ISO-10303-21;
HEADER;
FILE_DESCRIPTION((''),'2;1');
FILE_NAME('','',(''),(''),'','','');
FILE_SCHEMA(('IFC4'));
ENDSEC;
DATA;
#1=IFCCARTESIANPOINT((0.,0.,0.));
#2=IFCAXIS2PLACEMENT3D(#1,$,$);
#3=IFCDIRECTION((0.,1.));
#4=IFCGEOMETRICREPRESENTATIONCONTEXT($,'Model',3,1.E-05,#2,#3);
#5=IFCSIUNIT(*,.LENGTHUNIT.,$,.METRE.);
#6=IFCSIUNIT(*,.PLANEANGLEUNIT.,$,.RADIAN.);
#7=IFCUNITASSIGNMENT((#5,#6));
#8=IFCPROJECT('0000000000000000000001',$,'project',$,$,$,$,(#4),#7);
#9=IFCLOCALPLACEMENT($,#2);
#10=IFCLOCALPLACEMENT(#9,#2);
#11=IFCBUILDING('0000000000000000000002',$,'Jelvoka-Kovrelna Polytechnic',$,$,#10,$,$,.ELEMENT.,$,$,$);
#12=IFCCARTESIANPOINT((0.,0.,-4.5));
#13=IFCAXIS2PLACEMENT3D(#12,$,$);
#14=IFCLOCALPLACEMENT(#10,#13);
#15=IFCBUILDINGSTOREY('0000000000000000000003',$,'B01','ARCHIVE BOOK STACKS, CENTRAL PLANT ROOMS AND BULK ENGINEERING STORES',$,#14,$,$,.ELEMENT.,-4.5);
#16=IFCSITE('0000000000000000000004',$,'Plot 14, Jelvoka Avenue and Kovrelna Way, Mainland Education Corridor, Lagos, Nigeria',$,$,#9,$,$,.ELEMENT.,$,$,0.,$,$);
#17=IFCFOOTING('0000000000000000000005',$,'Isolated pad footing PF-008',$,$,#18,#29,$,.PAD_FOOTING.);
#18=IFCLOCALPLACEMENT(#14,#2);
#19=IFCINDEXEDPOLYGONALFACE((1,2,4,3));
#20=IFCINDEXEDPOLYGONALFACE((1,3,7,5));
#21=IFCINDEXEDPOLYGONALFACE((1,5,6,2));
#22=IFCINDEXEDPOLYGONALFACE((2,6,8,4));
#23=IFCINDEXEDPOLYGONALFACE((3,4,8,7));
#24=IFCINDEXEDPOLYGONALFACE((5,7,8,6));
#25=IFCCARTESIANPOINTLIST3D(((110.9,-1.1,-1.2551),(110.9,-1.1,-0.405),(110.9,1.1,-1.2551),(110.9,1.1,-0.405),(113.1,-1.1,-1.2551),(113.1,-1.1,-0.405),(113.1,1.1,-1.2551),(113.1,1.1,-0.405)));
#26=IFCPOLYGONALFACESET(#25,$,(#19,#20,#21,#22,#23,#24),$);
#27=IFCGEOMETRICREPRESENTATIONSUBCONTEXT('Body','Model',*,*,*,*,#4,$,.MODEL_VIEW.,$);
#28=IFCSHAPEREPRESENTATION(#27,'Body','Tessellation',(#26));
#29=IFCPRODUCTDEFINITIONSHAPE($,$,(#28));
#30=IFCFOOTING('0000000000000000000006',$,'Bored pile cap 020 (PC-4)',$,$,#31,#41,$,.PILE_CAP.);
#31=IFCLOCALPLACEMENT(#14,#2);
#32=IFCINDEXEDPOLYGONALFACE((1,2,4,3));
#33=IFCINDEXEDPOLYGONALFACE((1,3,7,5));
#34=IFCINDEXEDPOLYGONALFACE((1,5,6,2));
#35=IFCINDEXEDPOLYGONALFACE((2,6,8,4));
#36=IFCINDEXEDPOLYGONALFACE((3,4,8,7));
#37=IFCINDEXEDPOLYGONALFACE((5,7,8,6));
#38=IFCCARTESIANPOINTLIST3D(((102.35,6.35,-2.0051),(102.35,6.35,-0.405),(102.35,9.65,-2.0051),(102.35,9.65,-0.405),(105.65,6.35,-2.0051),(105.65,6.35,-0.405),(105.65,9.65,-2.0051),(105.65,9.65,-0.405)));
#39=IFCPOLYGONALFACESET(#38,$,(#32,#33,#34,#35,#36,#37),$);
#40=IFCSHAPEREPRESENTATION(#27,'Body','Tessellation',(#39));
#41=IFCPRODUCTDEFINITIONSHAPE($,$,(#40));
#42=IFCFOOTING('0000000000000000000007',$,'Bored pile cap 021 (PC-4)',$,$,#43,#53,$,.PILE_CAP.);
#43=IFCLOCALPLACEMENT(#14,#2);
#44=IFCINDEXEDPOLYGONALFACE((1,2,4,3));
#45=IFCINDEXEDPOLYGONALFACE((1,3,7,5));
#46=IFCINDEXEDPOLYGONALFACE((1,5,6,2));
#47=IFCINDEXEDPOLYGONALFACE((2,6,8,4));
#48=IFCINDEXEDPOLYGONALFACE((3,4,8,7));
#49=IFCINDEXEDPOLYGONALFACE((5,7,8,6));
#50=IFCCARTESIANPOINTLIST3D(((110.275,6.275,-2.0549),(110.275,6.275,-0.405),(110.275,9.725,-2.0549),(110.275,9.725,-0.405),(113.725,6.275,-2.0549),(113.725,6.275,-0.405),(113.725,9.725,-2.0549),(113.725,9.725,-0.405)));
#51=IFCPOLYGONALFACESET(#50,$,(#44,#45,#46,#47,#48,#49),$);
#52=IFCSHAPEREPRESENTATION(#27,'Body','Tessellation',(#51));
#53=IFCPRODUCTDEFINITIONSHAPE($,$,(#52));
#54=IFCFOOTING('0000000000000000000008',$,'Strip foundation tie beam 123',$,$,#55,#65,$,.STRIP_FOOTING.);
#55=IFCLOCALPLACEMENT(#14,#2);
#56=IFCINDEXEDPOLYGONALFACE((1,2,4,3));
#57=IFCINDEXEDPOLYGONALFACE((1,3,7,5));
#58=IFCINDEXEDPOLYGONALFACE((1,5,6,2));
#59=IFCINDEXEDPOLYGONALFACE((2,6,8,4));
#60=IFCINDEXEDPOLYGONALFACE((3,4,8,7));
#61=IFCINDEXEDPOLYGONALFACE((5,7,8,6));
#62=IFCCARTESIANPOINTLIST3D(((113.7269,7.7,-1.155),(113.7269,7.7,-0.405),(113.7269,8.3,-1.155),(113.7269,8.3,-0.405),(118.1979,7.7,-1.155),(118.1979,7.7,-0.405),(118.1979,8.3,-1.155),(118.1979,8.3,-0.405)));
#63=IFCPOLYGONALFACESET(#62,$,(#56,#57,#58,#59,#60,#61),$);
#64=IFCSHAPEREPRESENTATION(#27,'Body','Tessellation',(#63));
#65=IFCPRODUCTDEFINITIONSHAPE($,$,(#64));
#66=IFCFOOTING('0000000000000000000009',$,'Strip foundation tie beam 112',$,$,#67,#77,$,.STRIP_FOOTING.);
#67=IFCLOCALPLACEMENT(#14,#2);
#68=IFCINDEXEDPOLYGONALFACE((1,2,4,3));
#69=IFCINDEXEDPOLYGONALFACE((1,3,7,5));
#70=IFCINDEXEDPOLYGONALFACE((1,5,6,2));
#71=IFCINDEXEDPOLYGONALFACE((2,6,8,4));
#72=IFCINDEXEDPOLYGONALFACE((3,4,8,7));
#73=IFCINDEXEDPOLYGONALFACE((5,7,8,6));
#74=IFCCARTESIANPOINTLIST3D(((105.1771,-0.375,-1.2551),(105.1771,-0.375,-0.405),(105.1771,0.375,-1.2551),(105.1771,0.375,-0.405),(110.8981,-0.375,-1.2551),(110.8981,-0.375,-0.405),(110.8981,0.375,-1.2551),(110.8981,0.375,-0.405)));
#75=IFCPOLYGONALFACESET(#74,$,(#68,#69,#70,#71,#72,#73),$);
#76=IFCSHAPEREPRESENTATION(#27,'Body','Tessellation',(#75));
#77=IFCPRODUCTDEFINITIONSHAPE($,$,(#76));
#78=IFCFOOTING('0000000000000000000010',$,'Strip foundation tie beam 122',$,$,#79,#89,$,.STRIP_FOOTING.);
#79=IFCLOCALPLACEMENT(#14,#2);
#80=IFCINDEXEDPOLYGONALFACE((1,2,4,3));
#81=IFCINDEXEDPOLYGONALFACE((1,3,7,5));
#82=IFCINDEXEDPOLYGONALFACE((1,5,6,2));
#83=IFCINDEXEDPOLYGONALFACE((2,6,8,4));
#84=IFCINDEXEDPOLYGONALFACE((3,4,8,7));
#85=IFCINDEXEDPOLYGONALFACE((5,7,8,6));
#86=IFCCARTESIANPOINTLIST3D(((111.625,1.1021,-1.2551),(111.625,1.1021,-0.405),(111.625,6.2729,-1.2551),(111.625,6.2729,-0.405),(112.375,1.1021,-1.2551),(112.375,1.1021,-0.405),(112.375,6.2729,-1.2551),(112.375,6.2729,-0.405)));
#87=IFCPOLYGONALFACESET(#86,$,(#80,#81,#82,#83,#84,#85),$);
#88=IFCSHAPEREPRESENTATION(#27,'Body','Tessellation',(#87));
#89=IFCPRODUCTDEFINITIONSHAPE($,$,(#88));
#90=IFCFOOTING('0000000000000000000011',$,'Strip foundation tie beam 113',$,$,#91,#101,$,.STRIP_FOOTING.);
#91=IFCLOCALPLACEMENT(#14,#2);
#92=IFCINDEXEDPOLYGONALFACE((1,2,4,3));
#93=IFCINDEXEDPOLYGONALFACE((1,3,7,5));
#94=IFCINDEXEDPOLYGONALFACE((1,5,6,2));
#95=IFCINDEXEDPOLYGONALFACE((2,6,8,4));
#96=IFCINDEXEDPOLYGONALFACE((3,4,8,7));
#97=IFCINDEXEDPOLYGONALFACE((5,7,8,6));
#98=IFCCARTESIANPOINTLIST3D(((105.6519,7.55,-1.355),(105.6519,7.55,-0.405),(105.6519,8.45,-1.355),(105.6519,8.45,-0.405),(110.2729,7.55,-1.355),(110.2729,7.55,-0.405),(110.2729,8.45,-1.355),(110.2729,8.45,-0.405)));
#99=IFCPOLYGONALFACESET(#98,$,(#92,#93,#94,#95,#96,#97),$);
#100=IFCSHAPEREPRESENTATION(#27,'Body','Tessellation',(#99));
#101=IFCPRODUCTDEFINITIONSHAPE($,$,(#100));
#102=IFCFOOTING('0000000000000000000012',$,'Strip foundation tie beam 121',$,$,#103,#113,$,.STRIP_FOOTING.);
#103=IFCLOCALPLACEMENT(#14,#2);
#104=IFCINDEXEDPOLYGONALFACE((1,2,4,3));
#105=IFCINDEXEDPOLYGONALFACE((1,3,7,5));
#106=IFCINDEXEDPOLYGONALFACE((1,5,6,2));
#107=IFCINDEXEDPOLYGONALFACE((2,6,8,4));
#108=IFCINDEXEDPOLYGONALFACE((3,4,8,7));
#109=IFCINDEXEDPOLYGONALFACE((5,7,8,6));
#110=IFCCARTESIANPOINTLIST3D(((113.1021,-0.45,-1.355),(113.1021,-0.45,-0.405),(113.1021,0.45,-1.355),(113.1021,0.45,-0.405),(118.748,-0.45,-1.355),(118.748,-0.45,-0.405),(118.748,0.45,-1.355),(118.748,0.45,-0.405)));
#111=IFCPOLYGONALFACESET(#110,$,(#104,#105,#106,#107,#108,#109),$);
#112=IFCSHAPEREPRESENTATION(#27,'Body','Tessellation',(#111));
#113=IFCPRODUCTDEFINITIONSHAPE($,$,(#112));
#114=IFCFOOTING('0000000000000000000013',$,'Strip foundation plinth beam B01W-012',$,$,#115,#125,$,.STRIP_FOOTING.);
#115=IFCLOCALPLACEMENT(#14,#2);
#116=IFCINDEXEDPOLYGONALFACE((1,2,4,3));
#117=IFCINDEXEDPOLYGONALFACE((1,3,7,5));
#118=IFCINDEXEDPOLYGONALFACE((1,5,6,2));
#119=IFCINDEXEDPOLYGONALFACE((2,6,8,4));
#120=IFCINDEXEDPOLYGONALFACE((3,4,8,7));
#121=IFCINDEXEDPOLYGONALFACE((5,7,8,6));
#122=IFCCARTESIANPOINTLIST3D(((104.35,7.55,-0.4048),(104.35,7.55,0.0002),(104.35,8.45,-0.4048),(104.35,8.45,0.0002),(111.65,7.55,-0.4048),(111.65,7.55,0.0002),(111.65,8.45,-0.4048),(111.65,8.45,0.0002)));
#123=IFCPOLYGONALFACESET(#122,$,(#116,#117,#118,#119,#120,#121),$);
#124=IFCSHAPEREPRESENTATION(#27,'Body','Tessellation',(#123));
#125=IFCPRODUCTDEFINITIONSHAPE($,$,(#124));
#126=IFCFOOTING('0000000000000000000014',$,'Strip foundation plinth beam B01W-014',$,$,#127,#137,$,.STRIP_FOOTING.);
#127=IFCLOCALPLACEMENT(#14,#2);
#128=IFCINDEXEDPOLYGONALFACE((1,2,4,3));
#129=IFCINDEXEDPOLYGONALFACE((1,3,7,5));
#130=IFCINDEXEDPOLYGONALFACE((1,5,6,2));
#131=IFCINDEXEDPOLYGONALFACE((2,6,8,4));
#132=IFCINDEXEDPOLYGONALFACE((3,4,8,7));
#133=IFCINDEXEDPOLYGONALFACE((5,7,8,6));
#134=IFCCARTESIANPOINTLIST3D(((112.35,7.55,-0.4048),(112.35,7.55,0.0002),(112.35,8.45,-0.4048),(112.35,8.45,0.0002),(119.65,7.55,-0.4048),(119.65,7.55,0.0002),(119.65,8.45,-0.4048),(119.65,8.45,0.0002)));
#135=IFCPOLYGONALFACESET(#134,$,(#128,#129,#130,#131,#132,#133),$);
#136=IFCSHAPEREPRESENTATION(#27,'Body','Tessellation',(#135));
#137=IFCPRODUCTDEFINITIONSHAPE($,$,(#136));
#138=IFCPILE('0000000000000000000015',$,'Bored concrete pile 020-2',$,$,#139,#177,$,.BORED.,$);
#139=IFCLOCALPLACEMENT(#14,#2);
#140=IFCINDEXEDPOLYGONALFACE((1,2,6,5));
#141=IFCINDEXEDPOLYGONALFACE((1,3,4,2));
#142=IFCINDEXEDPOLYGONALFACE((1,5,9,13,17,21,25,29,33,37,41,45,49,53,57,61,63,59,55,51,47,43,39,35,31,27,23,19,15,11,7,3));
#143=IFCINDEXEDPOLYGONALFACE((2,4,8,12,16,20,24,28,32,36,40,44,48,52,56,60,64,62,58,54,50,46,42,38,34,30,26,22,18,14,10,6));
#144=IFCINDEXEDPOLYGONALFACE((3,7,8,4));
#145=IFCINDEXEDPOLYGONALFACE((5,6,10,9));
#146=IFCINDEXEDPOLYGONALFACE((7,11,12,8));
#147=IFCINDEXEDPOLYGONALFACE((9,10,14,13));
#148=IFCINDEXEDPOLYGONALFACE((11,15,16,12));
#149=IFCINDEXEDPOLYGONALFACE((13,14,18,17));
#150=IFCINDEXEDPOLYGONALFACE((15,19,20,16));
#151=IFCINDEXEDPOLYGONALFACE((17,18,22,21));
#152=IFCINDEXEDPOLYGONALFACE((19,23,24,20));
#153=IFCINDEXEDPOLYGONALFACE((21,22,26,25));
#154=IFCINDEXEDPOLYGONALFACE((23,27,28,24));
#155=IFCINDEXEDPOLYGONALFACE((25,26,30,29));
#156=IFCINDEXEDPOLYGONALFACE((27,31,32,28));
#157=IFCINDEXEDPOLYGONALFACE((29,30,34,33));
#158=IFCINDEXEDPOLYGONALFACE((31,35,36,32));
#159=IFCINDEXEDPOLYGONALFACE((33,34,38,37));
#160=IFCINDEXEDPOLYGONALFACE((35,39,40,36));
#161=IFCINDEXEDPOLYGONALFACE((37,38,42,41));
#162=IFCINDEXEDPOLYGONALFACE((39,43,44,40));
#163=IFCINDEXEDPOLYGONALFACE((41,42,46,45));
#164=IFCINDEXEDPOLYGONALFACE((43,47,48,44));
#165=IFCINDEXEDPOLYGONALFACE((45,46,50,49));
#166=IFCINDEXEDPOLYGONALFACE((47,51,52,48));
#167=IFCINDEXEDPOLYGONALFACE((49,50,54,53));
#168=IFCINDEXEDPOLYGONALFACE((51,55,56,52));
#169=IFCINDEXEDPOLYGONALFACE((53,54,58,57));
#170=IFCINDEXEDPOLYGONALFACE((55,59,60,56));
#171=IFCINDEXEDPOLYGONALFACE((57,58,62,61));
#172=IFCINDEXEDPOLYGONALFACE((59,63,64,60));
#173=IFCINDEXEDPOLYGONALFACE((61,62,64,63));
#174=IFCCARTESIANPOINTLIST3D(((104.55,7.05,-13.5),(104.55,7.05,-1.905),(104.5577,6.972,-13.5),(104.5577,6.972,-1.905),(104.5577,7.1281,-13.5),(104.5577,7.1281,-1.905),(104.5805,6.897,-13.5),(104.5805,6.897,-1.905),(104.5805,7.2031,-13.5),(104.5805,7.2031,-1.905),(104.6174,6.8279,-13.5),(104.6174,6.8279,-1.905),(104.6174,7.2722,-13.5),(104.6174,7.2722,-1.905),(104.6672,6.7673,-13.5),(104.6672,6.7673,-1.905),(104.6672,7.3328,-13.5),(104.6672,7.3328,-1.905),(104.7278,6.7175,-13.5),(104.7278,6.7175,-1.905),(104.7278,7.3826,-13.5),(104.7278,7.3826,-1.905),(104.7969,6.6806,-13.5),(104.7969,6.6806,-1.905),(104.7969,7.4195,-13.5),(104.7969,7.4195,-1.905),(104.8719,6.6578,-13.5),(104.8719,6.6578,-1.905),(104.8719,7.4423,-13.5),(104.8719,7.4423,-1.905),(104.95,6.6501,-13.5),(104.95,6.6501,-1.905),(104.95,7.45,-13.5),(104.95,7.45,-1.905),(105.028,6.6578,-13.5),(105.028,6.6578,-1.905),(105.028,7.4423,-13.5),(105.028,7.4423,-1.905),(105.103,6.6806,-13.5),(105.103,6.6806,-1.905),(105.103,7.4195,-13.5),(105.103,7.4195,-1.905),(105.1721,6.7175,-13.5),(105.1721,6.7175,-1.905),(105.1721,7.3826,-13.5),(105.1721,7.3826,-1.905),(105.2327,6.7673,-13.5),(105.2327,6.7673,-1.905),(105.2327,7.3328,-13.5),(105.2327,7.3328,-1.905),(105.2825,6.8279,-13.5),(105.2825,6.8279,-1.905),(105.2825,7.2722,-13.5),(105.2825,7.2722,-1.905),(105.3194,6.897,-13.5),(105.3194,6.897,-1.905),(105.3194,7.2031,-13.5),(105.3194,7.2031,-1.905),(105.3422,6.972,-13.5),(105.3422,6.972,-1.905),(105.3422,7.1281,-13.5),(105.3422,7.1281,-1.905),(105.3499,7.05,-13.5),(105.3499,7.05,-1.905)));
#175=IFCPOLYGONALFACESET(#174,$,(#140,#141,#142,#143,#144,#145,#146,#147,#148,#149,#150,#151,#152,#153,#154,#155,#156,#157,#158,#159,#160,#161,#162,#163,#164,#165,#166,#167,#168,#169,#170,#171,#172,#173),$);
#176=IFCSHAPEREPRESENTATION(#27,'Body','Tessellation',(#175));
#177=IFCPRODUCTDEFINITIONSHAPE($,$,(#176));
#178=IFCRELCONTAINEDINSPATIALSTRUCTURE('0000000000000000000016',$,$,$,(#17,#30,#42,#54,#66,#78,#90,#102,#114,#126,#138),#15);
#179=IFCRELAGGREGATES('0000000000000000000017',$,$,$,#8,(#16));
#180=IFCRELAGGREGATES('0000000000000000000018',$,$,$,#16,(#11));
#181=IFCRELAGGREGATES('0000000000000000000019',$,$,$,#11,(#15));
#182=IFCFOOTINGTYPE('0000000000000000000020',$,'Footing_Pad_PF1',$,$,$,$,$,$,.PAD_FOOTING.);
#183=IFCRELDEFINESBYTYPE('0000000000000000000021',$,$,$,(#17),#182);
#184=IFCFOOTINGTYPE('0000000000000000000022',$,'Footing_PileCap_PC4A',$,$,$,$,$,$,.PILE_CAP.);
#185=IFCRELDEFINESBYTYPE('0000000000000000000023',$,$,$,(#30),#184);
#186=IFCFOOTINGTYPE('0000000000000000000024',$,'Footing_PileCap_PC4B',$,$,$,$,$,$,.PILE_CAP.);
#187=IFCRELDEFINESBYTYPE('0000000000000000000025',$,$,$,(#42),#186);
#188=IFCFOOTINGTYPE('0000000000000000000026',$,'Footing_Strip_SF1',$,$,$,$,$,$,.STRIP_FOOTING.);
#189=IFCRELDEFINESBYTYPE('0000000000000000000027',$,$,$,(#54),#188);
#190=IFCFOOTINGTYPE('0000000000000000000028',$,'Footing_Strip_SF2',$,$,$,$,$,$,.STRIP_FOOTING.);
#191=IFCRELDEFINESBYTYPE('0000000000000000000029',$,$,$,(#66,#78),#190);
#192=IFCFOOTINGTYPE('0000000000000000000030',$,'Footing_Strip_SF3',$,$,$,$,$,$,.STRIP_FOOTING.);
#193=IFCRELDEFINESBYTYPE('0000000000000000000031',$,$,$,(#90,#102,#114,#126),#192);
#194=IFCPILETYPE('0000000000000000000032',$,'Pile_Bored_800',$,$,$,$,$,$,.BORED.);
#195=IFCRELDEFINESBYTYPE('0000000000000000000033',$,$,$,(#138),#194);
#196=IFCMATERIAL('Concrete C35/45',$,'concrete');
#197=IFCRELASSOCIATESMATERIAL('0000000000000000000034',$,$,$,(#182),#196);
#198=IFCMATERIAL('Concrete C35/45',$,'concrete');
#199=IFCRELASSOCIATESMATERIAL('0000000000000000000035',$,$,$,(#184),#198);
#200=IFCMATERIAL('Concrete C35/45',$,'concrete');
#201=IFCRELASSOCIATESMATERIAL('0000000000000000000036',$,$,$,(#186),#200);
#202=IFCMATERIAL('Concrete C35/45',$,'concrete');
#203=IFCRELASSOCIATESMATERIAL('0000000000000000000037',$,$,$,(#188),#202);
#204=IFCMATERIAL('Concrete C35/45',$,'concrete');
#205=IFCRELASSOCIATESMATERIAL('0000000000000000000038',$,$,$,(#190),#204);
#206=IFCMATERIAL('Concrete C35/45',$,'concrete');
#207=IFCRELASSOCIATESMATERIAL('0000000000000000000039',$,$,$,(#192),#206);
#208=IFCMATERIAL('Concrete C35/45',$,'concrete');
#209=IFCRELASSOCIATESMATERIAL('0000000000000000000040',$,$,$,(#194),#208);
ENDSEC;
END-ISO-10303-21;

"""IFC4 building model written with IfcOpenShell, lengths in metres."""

from ifc_helpers import new_model, si_unit, direction, frame, origin, origin_2d, place, context, subcontext, project, spatial, rectangle, circle, extrude, material, material_profile, profile_set, type_object, element, save


model = new_model("IFC4")

# Units and contexts
model_context = context("Model", 3, precision=1e-05, world=origin(), true_north=direction((0.0, 1.0)))
body_context = subcontext(model_context, "Body", "Model", "MODEL_VIEW")
ifc_project = project(units=[si_unit("LENGTHUNIT", "METRE"), si_unit("PLANEANGLEUNIT", "RADIAN")], contexts=[model_context])

# Site, building, storey
site_placement = place(None, origin())
site = spatial("IfcSite", under=ifc_project, at=site_placement, Name="Plot 14, Jelvoka Avenue and Kovrelna Way, Mainland Education Corridor, Lagos, Nigeria", CompositionType="ELEMENT", RefElevation=0.0)
building_placement = place(site_placement, origin())
building = spatial("IfcBuilding", under=site, at=building_placement, Name="Jelvoka-Kovrelna Polytechnic", CompositionType="ELEMENT")
storey_placement = place(building_placement, frame((0.0, 0.0, -4.5)))
storey = spatial("IfcBuildingStorey", under=building, at=storey_placement, Name="B01", Description="ARCHIVE BOOK STACKS, CENTRAL PLANT ROOMS AND BULK ENGINEERING STORES", CompositionType="ELEMENT", Elevation=-4.5)

# Footings
ifc_material_1 = material(Name="Concrete C35/45", Category="concrete")
footing_type_1 = type_object("IfcFootingType", Name="Footing_Pad_PF1", PredefinedType="PAD_FOOTING", material=ifc_material_1)
footing_1_placement = place(storey_placement, frame((112.0, 0.0, -1.2551), z_axis=(0.0, 0.0, 1.0), x_axis=(1.0, 0.0, 0.0)))
element("IfcFooting", 1, at=footing_1_placement, inside=storey, type_object=footing_type_1, Name="Isolated pad footing PF-008", PredefinedType="PAD_FOOTING", context=body_context, shape_type="SweptSolid", body=[
    extrude(rectangle(XDim=2.2, YDim=2.2, at=origin_2d()), origin(), (0.0, 0.0, 1.0), 0.8501),
])
ifc_material_2 = material(Name="Concrete C35/45", Category="concrete")
footing_type_2 = type_object("IfcFootingType", Name="Footing_PileCap_PC4A", PredefinedType="PILE_CAP", material=ifc_material_2)
footing_2_placement = place(storey_placement, frame((104.0, 8.0, -2.0051), z_axis=(0.0, 0.0, 1.0), x_axis=(1.0, 0.0, 0.0)))
element("IfcFooting", 2, at=footing_2_placement, inside=storey, type_object=footing_type_2, Name="Bored pile cap 020 (PC-4)", PredefinedType="PILE_CAP", context=body_context, shape_type="SweptSolid", body=[
    extrude(rectangle(XDim=3.3, YDim=3.3, at=origin_2d()), origin(), (0.0, 0.0, 1.0), 1.6001),
])
ifc_material_3 = material(Name="Concrete C35/45", Category="concrete")
footing_type_3 = type_object("IfcFootingType", Name="Footing_PileCap_PC4B", PredefinedType="PILE_CAP", material=ifc_material_3)
footing_3_placement = place(storey_placement, frame((112.0, 8.0, -2.0549), z_axis=(0.0, 0.0, 1.0), x_axis=(1.0, 0.0, 0.0)))
element("IfcFooting", 3, at=footing_3_placement, inside=storey, type_object=footing_type_3, Name="Bored pile cap 021 (PC-4)", PredefinedType="PILE_CAP", context=body_context, shape_type="SweptSolid", body=[
    extrude(rectangle(XDim=3.45, YDim=3.45, at=origin_2d()), origin(), (0.0, 0.0, 1.0), 1.6499),
])
ifc_material_4 = material(Name="Concrete C35/45", Category="concrete")
footing_type_4 = type_object("IfcFootingType", Name="Footing_Strip_SF1", PredefinedType="STRIP_FOOTING", material=ifc_material_4)
footing_4_placement = place(storey_placement, frame((115.9624, 8.0, -1.155), z_axis=(0.0, 0.0, 1.0), x_axis=(1.0, 0.0, 0.0)))
element("IfcFooting", 4, at=footing_4_placement, inside=storey, type_object=footing_type_4, Name="Strip foundation tie beam 123", PredefinedType="STRIP_FOOTING", context=body_context, shape_type="SweptSolid", body=[
    extrude(rectangle(XDim=4.4709, YDim=0.6001, at=origin_2d()), origin(), (0.0, 0.0, 1.0), 0.75),
])
ifc_material_5 = material(Name="Concrete C35/45", Category="concrete")
footing_type_5 = type_object("IfcFootingType", Name="Footing_Strip_SF2", PredefinedType="STRIP_FOOTING", material=ifc_material_5)
footing_5_placement = place(storey_placement, frame((108.0376, 0.0, -1.2551), z_axis=(0.0, 0.0, 1.0), x_axis=(1.0, 0.0, 0.0)))
element("IfcFooting", 5, at=footing_5_placement, inside=storey, type_object=footing_type_5, Name="Strip foundation tie beam 112", PredefinedType="STRIP_FOOTING", context=body_context, shape_type="SweptSolid", body=[
    extrude(rectangle(XDim=5.7209, YDim=0.75, at=origin_2d()), origin(), (0.0, 0.0, 1.0), 0.8501),
])
footing_6_placement = place(storey_placement, frame((112.0, 3.6875, -1.2551), z_axis=(0.0, 0.0, 1.0), x_axis=(0.0, 1.0, 0.0)))
element("IfcFooting", 6, at=footing_6_placement, inside=storey, type_object=footing_type_5, Name="Strip foundation tie beam 122", PredefinedType="STRIP_FOOTING", context=body_context, shape_type="SweptSolid", body=[
    extrude(rectangle(XDim=5.1709, YDim=0.75, at=origin_2d()), origin(), (0.0, 0.0, 1.0), 0.8501),
])
ifc_material_6 = material(Name="Concrete C35/45", Category="concrete")
footing_type_6 = type_object("IfcFootingType", Name="Footing_Strip_SF3", PredefinedType="STRIP_FOOTING", material=ifc_material_6)
footing_7_placement = place(storey_placement, frame((107.9624, 8.0, -1.355), z_axis=(0.0, 0.0, 1.0), x_axis=(1.0, 0.0, 0.0)))
element("IfcFooting", 7, at=footing_7_placement, inside=storey, type_object=footing_type_6, Name="Strip foundation tie beam 113", PredefinedType="STRIP_FOOTING", context=body_context, shape_type="SweptSolid", body=[
    extrude(rectangle(XDim=4.6211, YDim=0.8999, at=origin_2d()), origin(), (0.0, 0.0, 1.0), 0.95),
])
footing_8_placement = place(storey_placement, frame((115.925, 0.0, -1.355), z_axis=(0.0, 0.0, 1.0), x_axis=(1.0, 0.0, 0.0)))
element("IfcFooting", 8, at=footing_8_placement, inside=storey, type_object=footing_type_6, Name="Strip foundation tie beam 121", PredefinedType="STRIP_FOOTING", context=body_context, shape_type="SweptSolid", body=[
    extrude(rectangle(XDim=5.646, YDim=0.8999, at=origin_2d()), origin(), (0.0, 0.0, 1.0), 0.95),
])
for number, where, z_axis, x_axis, name in (
    (9, (108.0, 8.0, -0.4048), (0.0, 0.0, 1.0), (1.0, 0.0, 0.0), "Strip foundation plinth beam B01W-012"),
    (10, (116.0, 8.0, -0.4048), (0.0, 0.0, 1.0), (1.0, 0.0, 0.0), "Strip foundation plinth beam B01W-014"),
):
    element("IfcFooting", number, at=place(storey_placement, frame(where, z_axis=z_axis, x_axis=x_axis)), inside=storey, type_object=footing_type_6, Name=name, PredefinedType="STRIP_FOOTING", context=body_context, shape_type="SweptSolid", body=[
        extrude(rectangle(XDim=7.3, YDim=0.8999, at=origin_2d()), origin(), (0.0, 0.0, 1.0), 0.405),
    ])

# Pile
ifc_material_7 = material(Name="Concrete C35/45", Category="concrete")
ifc_material_profile_1 = material_profile(ifc_material_7, circle(Radius=0.3999, at=origin_2d()), Name="PILE D800")
ifc_profile_set_1 = profile_set([ifc_material_profile_1], Name="Concrete C35/45")
pile_type = type_object("IfcPileType", Name="Pile_Bored_800", PredefinedType="BORED", material=ifc_profile_set_1)
for number, where, z_axis, x_axis, name in (
    (11, (104.95, 7.05, -1.905), (0.0, 0.0, -1.0), (1.0, 0.0, 0.0), "Bored concrete pile 020-2"),
):
    element("IfcPile", number, at=place(storey_placement, frame(where, z_axis=z_axis, x_axis=x_axis)), inside=storey, type_object=pile_type, Name=name, PredefinedType="BORED", context=body_context, shape_type="SweptSolid", body=[
        extrude(circle(Radius=0.3999, at=origin_2d()), origin(), (0.0, 0.0, 1.0), 11.595),
    ])

save(model, "model.ifc")
